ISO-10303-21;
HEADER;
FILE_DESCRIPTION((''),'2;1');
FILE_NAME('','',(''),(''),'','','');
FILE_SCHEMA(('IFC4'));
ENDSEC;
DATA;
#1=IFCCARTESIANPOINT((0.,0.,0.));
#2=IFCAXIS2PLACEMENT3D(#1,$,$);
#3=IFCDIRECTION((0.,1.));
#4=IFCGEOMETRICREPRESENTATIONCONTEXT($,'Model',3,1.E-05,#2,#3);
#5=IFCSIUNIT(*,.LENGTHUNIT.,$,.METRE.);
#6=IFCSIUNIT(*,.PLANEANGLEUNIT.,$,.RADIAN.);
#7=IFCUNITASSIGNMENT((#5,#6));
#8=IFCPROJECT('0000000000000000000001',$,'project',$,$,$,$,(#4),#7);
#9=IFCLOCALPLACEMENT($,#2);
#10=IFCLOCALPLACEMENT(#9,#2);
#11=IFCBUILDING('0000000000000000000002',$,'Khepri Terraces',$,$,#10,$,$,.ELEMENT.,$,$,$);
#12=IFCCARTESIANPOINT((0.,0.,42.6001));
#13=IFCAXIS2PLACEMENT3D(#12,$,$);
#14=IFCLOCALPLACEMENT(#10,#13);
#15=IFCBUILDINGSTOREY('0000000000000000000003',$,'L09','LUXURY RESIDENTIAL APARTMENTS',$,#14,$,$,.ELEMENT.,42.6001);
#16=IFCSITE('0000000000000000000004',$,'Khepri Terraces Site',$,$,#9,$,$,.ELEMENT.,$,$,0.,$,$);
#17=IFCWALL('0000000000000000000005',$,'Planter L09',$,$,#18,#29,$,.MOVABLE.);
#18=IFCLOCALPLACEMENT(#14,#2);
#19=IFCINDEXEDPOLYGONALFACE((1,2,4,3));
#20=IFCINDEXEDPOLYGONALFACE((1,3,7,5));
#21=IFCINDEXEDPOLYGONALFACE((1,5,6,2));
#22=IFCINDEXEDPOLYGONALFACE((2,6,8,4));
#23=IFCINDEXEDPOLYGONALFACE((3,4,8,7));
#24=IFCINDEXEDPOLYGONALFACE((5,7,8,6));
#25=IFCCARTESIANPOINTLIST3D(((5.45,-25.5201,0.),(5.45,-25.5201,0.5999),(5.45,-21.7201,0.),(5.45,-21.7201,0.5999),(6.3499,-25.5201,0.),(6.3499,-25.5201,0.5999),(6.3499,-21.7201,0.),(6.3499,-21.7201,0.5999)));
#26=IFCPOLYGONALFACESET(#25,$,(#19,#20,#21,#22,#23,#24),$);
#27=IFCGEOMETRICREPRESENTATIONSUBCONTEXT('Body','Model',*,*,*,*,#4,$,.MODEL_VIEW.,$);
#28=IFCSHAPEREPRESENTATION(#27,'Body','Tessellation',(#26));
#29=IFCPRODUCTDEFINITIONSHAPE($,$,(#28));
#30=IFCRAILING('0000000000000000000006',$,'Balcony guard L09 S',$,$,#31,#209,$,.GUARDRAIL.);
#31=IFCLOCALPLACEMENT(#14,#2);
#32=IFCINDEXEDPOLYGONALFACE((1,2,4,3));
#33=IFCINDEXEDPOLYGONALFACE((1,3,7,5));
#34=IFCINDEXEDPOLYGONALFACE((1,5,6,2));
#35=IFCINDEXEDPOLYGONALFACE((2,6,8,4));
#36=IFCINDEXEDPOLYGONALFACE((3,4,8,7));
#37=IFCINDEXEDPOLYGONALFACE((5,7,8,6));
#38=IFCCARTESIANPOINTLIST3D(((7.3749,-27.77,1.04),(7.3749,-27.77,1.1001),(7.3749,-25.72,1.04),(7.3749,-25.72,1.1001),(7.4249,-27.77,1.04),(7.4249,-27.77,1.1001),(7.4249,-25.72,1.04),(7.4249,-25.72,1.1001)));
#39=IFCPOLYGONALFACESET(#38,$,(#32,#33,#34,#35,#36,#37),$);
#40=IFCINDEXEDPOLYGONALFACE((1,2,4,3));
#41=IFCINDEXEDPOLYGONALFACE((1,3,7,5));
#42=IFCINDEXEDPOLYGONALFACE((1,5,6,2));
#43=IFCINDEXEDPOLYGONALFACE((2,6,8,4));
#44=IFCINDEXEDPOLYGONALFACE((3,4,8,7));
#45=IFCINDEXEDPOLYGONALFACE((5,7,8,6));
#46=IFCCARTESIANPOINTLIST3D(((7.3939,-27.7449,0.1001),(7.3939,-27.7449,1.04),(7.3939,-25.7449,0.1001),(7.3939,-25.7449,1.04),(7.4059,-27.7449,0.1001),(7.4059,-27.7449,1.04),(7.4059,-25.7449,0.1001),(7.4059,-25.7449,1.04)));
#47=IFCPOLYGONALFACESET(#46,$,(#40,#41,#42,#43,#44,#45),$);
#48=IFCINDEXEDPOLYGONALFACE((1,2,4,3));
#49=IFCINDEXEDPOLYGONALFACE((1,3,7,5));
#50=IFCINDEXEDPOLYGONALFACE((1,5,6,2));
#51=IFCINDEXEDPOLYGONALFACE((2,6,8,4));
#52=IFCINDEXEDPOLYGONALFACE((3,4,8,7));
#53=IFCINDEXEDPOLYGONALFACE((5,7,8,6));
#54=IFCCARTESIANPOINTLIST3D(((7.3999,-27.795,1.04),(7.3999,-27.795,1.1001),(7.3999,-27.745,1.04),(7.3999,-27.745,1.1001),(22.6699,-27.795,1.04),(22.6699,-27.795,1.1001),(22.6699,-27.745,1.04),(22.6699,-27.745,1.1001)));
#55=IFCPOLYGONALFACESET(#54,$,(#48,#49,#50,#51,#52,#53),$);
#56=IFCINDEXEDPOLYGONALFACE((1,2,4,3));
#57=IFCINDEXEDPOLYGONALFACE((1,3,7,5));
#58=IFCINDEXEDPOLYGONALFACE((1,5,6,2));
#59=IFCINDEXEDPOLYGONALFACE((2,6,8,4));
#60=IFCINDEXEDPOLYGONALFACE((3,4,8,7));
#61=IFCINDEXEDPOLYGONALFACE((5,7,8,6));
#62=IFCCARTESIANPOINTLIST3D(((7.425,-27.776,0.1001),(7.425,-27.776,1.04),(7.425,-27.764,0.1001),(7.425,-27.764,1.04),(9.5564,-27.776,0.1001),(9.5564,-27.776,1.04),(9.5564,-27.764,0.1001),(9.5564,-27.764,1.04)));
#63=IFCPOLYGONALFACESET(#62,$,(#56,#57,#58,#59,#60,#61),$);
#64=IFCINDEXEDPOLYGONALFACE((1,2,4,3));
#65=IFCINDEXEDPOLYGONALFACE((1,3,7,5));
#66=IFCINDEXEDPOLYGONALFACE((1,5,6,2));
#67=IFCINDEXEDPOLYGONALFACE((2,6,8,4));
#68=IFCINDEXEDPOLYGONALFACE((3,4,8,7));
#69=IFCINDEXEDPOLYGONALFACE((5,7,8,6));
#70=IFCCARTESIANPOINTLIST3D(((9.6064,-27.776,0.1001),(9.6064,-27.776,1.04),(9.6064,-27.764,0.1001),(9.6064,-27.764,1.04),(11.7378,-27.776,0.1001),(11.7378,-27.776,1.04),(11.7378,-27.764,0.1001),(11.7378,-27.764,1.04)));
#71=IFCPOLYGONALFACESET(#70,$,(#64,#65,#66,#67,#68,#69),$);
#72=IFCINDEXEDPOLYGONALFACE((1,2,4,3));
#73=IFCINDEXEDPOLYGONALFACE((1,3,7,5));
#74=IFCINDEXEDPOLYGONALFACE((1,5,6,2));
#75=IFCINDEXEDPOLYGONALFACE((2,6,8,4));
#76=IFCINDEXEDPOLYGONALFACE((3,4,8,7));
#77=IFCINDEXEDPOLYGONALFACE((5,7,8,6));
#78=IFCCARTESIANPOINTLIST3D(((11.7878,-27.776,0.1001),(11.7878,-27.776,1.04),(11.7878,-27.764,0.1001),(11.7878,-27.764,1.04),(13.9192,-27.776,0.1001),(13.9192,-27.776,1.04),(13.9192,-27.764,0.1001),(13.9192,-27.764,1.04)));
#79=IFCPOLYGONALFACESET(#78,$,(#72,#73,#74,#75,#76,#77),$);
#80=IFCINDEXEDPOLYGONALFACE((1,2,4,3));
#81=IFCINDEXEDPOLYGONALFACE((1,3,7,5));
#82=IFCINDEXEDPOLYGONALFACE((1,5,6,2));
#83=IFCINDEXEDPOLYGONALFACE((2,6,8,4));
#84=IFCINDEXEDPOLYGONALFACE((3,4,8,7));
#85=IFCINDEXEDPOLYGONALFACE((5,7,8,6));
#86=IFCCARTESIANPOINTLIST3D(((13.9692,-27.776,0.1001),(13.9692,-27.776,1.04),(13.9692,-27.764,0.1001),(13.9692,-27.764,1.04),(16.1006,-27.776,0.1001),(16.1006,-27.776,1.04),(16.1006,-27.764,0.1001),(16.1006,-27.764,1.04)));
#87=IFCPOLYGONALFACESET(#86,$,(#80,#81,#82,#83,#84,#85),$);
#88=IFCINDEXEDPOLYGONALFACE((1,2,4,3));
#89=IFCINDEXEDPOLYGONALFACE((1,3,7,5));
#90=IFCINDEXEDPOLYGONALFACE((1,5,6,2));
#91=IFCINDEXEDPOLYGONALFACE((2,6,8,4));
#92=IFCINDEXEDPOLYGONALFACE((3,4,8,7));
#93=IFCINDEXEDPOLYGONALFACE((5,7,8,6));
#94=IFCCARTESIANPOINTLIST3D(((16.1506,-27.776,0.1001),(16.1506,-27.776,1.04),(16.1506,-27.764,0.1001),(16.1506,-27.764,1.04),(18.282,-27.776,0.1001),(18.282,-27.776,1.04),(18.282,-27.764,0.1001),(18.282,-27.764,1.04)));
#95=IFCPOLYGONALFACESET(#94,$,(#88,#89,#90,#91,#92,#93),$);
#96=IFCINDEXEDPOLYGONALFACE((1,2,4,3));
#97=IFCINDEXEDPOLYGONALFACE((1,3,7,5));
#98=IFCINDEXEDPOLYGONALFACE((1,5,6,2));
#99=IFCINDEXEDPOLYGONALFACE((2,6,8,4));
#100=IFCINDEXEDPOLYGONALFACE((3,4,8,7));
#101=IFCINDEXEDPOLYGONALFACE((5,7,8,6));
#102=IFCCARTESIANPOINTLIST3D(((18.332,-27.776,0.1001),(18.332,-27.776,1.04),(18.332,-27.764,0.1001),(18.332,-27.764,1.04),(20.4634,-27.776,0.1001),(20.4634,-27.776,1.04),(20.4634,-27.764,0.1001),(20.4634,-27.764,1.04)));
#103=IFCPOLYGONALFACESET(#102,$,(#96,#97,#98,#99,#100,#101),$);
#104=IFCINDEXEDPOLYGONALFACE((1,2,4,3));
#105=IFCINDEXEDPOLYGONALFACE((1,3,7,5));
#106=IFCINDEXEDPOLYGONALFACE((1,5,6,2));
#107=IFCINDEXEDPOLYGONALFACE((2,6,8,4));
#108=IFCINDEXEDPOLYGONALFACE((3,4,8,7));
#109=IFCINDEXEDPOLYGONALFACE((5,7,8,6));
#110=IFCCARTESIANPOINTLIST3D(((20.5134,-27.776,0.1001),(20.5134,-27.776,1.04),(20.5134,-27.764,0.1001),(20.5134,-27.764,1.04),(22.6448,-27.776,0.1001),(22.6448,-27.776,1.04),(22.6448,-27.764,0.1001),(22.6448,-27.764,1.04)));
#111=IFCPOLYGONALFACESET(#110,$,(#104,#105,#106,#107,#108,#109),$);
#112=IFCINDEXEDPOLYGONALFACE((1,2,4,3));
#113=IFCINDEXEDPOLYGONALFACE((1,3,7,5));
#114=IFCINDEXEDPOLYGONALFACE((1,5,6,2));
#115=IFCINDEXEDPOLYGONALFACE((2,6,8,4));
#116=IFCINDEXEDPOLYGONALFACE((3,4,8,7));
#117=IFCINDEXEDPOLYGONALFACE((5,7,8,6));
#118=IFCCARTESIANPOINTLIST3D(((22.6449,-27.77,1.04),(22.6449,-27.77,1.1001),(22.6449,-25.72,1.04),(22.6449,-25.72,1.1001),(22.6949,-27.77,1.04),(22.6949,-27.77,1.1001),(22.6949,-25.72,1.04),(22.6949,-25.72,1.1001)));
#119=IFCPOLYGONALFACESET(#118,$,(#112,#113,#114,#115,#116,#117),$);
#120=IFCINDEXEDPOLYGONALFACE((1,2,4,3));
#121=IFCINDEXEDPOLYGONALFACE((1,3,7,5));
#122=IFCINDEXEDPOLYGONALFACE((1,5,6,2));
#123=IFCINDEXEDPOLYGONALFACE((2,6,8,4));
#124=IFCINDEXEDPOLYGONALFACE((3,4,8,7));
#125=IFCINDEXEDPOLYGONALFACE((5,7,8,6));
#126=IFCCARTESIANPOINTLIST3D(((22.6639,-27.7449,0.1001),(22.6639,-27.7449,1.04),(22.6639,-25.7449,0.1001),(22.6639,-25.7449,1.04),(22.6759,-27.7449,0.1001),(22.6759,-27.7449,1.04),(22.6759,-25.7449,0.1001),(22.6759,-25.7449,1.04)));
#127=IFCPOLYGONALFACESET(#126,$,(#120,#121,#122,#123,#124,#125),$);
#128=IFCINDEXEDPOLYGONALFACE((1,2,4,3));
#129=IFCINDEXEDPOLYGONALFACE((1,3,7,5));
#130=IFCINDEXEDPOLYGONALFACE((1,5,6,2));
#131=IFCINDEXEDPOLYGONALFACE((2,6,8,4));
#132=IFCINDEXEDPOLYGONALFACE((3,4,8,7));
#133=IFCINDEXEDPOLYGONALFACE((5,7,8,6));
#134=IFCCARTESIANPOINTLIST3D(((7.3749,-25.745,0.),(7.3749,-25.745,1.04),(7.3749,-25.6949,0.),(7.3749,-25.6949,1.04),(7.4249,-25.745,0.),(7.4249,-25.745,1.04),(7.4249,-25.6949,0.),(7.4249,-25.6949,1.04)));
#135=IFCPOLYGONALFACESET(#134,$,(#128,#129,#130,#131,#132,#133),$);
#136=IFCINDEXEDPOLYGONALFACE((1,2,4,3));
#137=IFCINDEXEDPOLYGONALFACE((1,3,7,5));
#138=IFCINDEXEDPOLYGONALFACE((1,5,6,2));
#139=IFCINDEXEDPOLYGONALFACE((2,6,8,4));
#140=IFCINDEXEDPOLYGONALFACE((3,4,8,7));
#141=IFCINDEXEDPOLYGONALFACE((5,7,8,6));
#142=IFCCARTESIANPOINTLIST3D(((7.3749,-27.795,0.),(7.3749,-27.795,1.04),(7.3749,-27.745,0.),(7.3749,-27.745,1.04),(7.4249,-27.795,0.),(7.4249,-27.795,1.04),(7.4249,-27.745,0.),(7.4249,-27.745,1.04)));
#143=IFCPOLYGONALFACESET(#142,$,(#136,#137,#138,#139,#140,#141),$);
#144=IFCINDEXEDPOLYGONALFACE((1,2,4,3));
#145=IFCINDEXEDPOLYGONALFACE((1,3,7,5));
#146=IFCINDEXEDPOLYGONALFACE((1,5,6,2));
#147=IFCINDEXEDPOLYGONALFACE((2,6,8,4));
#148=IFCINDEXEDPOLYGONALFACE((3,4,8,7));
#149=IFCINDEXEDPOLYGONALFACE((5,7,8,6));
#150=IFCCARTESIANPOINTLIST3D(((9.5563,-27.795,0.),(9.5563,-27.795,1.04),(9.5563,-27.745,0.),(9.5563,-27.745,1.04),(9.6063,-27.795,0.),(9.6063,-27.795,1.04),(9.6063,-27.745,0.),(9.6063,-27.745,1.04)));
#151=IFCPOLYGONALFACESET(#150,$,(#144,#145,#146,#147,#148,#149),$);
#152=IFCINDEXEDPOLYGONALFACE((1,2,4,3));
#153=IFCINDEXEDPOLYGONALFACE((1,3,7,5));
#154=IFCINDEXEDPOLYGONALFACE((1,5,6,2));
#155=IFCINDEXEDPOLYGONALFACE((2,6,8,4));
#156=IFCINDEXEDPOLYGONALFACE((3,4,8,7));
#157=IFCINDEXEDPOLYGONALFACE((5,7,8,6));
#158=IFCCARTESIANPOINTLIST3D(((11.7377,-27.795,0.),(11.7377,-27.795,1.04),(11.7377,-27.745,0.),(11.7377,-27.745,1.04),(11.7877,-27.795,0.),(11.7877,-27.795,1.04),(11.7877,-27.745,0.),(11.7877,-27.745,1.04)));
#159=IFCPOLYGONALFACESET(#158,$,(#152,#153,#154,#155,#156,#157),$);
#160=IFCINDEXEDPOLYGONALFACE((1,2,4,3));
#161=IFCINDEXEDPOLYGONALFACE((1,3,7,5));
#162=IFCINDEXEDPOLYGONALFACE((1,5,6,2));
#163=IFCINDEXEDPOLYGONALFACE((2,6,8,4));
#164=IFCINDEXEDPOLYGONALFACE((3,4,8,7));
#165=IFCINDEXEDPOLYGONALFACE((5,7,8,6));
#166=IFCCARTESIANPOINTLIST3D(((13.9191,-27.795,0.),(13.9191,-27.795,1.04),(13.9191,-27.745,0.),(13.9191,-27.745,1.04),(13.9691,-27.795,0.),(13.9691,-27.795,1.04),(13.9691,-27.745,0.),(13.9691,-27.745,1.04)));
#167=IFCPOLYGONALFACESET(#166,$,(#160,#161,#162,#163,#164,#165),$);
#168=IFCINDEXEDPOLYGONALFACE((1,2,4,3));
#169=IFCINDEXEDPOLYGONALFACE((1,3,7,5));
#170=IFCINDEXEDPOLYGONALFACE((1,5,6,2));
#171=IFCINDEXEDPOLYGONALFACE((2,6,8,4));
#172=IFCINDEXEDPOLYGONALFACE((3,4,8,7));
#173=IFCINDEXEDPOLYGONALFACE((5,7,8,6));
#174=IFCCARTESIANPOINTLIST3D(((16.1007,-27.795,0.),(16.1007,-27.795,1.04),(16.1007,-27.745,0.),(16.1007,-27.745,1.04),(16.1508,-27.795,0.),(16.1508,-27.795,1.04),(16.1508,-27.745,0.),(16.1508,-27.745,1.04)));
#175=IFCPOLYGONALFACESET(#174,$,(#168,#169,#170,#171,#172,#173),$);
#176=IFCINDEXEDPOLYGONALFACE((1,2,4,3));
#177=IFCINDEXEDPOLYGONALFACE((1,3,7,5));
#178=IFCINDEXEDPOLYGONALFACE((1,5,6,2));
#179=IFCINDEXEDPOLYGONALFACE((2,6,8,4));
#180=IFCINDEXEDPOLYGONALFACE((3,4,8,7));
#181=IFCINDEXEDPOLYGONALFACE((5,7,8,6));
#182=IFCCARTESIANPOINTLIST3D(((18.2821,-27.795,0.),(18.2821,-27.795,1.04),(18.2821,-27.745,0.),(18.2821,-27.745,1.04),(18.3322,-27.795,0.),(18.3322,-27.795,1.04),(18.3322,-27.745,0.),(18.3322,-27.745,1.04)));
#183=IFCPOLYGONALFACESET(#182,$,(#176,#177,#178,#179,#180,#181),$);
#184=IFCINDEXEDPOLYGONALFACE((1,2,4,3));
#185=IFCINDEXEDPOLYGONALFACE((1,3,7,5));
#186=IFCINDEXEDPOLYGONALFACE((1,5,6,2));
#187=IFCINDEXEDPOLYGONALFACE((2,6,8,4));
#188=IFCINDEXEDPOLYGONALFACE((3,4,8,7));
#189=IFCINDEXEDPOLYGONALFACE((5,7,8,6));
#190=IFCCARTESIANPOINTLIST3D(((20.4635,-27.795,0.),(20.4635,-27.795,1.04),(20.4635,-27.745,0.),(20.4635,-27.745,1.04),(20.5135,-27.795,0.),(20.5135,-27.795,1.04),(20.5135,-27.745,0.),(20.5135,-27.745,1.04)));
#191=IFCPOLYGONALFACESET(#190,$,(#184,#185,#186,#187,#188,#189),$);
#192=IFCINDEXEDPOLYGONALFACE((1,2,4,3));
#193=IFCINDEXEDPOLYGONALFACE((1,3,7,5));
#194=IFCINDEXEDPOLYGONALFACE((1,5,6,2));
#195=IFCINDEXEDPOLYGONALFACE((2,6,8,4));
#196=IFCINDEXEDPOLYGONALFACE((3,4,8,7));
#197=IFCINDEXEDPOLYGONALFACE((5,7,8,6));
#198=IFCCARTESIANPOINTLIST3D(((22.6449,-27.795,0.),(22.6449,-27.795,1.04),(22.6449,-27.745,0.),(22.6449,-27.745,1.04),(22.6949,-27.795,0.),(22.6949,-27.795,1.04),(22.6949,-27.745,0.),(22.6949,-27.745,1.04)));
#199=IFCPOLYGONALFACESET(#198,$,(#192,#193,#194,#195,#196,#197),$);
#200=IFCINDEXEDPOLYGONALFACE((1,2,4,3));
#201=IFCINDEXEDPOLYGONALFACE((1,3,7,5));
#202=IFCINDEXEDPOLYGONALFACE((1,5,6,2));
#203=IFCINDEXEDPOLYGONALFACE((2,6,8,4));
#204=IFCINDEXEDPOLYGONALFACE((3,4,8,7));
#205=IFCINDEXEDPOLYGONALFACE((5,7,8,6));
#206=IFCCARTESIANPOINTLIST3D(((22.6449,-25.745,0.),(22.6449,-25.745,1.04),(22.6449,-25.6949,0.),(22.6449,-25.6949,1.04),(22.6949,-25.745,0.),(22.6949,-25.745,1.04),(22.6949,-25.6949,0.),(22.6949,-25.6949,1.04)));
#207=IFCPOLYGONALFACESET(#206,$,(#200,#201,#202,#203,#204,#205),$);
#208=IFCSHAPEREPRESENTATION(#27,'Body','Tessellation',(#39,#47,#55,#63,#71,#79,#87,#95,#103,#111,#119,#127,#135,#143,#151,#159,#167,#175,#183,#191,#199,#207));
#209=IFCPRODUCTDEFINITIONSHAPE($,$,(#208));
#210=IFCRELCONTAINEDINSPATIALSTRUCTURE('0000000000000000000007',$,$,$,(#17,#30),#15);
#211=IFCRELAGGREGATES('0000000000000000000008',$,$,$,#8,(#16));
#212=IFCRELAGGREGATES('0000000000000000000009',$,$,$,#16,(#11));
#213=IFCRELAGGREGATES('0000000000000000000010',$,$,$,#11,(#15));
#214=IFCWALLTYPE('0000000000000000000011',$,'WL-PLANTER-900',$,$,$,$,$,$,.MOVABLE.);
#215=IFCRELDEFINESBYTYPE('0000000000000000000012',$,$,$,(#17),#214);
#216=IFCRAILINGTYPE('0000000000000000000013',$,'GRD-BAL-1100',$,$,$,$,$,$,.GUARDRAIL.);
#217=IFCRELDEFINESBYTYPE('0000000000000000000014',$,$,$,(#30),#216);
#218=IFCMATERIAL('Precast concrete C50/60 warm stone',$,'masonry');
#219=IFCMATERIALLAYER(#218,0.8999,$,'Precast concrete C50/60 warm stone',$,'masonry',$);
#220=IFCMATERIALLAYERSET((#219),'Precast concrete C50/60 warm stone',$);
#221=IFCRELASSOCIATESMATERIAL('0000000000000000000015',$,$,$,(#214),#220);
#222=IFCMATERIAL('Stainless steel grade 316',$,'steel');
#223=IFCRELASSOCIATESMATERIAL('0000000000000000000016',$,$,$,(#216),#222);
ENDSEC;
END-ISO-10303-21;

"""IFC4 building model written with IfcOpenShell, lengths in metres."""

from ifc_helpers import new_model, si_unit, direction, frame, frame_2d, origin, origin_2d, place, context, subcontext, project, spatial, rectangle, extrude, material, layer, layer_set, type_object, element, save


model = new_model("IFC4")

# Units and contexts
model_context = context("Model", 3, precision=1e-05, world=origin(), true_north=direction((0.0, 1.0)))
body_context = subcontext(model_context, "Body", "Model", "MODEL_VIEW")
ifc_project = project(units=[si_unit("LENGTHUNIT", "METRE"), si_unit("PLANEANGLEUNIT", "RADIAN")], contexts=[model_context])

# Site, building, storey
site_placement = place(None, origin())
site = spatial("IfcSite", under=ifc_project, at=site_placement, Name="Khepri Terraces Site", CompositionType="ELEMENT", RefElevation=0.0)
building_placement = place(site_placement, origin())
building = spatial("IfcBuilding", under=site, at=building_placement, Name="Khepri Terraces", CompositionType="ELEMENT")
storey_placement = place(building_placement, frame((0.0, 0.0, 42.6001)))
storey = spatial("IfcBuildingStorey", under=building, at=storey_placement, Name="L09", Description="LUXURY RESIDENTIAL APARTMENTS", CompositionType="ELEMENT", Elevation=42.6001)

# Shared definitions
ifc_material_1 = material(Name="Precast concrete C50/60 warm stone", Category="masonry")

# Wall
ifc_layer_1 = layer(ifc_material_1, 0.8999, Name="Precast concrete C50/60 warm stone", Category="masonry")
ifc_layer_set_1 = layer_set([ifc_layer_1], Name="Precast concrete C50/60 warm stone")
wall_type_1 = type_object("IfcWallType", Name="WL-PLANTER-900", PredefinedType="MOVABLE", material=ifc_layer_set_1)
wall_1_placement = place(storey_placement, frame((5.8999, -25.52, 0.0), z_axis=(0.0, 0.0, 1.0), x_axis=(0.0, 1.0, 0.0)))
element("IfcWall", 1, at=wall_1_placement, inside=storey, type_object=wall_type_1, Name="Planter L09", PredefinedType="MOVABLE", context=body_context, shape_type="SweptSolid", body=[
    extrude(rectangle(XDim=3.8, YDim=0.8999, at=frame_2d((1.8999, 0.0))), origin(), (0.0, 0.0, 1.0), 0.5999),
])

# Railing
ifc_material_2 = material(Name="Stainless steel grade 316", Category="steel")
railing_type_1 = type_object("IfcRailingType", Name="GRD-BAL-1100", PredefinedType="GUARDRAIL", material=ifc_material_2)
railing_1_placement = place(storey_placement, frame((7.3999, -25.72, 0.0)))
element("IfcRailing", 2, at=railing_1_placement, inside=storey, type_object=railing_type_1, Name="Balcony guard L09 S", PredefinedType="GUARDRAIL", context=body_context, shape_type="SweptSolid", body=[
    extrude(rectangle(XDim=0.05, YDim=0.0601, at=origin_2d()), frame((0.0, 0.0, 1.0701), z_axis=(0.0, -1.0, 0.0), x_axis=(1.0, 0.0, 0.0)), (0.0, 0.0, 1.0), 2.05),
    extrude(rectangle(XDim=2.0, YDim=0.012, at=origin_2d()), frame((0.0, -1.0249, 0.1001), z_axis=(0.0, 0.0, 1.0), x_axis=(0.0, -1.0, 0.0)), (0.0, 0.0, 1.0), 0.9399),
    extrude(rectangle(XDim=0.05, YDim=0.0601, at=origin_2d()), frame((0.0, -2.05, 1.0701), z_axis=(1.0, 0.0, 0.0), x_axis=(0.0, 1.0, 0.0)), (0.0, 0.0, 1.0), 15.27),
    extrude(rectangle(XDim=2.1313, YDim=0.012, at=origin_2d()), frame((1.0908, -2.05, 0.1001), z_axis=(0.0, 0.0, 1.0), x_axis=(1.0, 0.0, 0.0)), (0.0, 0.0, 1.0), 0.9399),
    extrude(rectangle(XDim=2.1313, YDim=0.012, at=origin_2d()), frame((3.2722, -2.05, 0.1001), z_axis=(0.0, 0.0, 1.0), x_axis=(1.0, 0.0, 0.0)), (0.0, 0.0, 1.0), 0.9399),
    extrude(rectangle(XDim=2.1313, YDim=0.012, at=origin_2d()), frame((5.4536, -2.05, 0.1001), z_axis=(0.0, 0.0, 1.0), x_axis=(1.0, 0.0, 0.0)), (0.0, 0.0, 1.0), 0.9399),
    extrude(rectangle(XDim=2.1313, YDim=0.012, at=origin_2d()), frame((7.635, -2.05, 0.1001), z_axis=(0.0, 0.0, 1.0), x_axis=(1.0, 0.0, 0.0)), (0.0, 0.0, 1.0), 0.9399),
    extrude(rectangle(XDim=2.1313, YDim=0.012, at=origin_2d()), frame((9.8164, -2.05, 0.1001), z_axis=(0.0, 0.0, 1.0), x_axis=(1.0, 0.0, 0.0)), (0.0, 0.0, 1.0), 0.9399),
    extrude(rectangle(XDim=2.1313, YDim=0.012, at=origin_2d()), frame((11.9978, -2.05, 0.1001), z_axis=(0.0, 0.0, 1.0), x_axis=(1.0, 0.0, 0.0)), (0.0, 0.0, 1.0), 0.9399),
    extrude(rectangle(XDim=2.1313, YDim=0.012, at=origin_2d()), frame((14.1792, -2.05, 0.1001), z_axis=(0.0, 0.0, 1.0), x_axis=(1.0, 0.0, 0.0)), (0.0, 0.0, 1.0), 0.9399),
    extrude(rectangle(XDim=0.05, YDim=0.0601, at=origin_2d()), frame((15.27, -2.05, 1.0701), z_axis=(0.0, 1.0, 0.0), x_axis=(-1.0, 0.0, 0.0)), (0.0, 0.0, 1.0), 2.05),
    extrude(rectangle(XDim=2.0, YDim=0.012, at=origin_2d()), frame((15.27, -1.0249, 0.1001), z_axis=(0.0, 0.0, 1.0), x_axis=(0.0, 1.0, 0.0)), (0.0, 0.0, 1.0), 0.9399),
    extrude(rectangle(XDim=0.05, YDim=0.05, at=origin_2d()), origin(), (0.0, 0.0, 1.0), 1.04),
    extrude(rectangle(XDim=0.05, YDim=0.05, at=origin_2d()), frame((0.0, -2.05, 0.0)), (0.0, 0.0, 1.0), 1.04),
    extrude(rectangle(XDim=0.05, YDim=0.05, at=origin_2d()), frame((2.1814, -2.05, 0.0)), (0.0, 0.0, 1.0), 1.04),
    extrude(rectangle(XDim=0.05, YDim=0.05, at=origin_2d()), frame((4.3628, -2.05, 0.0)), (0.0, 0.0, 1.0), 1.04),
    extrude(rectangle(XDim=0.05, YDim=0.05, at=origin_2d()), frame((6.5442, -2.05, 0.0)), (0.0, 0.0, 1.0), 1.04),
    extrude(rectangle(XDim=0.05, YDim=0.05, at=origin_2d()), frame((8.7258, -2.05, 0.0)), (0.0, 0.0, 1.0), 1.04),
    extrude(rectangle(XDim=0.05, YDim=0.05, at=origin_2d()), frame((10.9072, -2.05, 0.0)), (0.0, 0.0, 1.0), 1.04),
    extrude(rectangle(XDim=0.05, YDim=0.05, at=origin_2d()), frame((13.0886, -2.05, 0.0)), (0.0, 0.0, 1.0), 1.04),
    extrude(rectangle(XDim=0.05, YDim=0.05, at=origin_2d()), frame((15.27, -2.05, 0.0)), (0.0, 0.0, 1.0), 1.04),
    extrude(rectangle(XDim=0.05, YDim=0.05, at=origin_2d()), frame((15.27, 0.0, 0.0)), (0.0, 0.0, 1.0), 1.04),
])

save(model, "model.ifc")
